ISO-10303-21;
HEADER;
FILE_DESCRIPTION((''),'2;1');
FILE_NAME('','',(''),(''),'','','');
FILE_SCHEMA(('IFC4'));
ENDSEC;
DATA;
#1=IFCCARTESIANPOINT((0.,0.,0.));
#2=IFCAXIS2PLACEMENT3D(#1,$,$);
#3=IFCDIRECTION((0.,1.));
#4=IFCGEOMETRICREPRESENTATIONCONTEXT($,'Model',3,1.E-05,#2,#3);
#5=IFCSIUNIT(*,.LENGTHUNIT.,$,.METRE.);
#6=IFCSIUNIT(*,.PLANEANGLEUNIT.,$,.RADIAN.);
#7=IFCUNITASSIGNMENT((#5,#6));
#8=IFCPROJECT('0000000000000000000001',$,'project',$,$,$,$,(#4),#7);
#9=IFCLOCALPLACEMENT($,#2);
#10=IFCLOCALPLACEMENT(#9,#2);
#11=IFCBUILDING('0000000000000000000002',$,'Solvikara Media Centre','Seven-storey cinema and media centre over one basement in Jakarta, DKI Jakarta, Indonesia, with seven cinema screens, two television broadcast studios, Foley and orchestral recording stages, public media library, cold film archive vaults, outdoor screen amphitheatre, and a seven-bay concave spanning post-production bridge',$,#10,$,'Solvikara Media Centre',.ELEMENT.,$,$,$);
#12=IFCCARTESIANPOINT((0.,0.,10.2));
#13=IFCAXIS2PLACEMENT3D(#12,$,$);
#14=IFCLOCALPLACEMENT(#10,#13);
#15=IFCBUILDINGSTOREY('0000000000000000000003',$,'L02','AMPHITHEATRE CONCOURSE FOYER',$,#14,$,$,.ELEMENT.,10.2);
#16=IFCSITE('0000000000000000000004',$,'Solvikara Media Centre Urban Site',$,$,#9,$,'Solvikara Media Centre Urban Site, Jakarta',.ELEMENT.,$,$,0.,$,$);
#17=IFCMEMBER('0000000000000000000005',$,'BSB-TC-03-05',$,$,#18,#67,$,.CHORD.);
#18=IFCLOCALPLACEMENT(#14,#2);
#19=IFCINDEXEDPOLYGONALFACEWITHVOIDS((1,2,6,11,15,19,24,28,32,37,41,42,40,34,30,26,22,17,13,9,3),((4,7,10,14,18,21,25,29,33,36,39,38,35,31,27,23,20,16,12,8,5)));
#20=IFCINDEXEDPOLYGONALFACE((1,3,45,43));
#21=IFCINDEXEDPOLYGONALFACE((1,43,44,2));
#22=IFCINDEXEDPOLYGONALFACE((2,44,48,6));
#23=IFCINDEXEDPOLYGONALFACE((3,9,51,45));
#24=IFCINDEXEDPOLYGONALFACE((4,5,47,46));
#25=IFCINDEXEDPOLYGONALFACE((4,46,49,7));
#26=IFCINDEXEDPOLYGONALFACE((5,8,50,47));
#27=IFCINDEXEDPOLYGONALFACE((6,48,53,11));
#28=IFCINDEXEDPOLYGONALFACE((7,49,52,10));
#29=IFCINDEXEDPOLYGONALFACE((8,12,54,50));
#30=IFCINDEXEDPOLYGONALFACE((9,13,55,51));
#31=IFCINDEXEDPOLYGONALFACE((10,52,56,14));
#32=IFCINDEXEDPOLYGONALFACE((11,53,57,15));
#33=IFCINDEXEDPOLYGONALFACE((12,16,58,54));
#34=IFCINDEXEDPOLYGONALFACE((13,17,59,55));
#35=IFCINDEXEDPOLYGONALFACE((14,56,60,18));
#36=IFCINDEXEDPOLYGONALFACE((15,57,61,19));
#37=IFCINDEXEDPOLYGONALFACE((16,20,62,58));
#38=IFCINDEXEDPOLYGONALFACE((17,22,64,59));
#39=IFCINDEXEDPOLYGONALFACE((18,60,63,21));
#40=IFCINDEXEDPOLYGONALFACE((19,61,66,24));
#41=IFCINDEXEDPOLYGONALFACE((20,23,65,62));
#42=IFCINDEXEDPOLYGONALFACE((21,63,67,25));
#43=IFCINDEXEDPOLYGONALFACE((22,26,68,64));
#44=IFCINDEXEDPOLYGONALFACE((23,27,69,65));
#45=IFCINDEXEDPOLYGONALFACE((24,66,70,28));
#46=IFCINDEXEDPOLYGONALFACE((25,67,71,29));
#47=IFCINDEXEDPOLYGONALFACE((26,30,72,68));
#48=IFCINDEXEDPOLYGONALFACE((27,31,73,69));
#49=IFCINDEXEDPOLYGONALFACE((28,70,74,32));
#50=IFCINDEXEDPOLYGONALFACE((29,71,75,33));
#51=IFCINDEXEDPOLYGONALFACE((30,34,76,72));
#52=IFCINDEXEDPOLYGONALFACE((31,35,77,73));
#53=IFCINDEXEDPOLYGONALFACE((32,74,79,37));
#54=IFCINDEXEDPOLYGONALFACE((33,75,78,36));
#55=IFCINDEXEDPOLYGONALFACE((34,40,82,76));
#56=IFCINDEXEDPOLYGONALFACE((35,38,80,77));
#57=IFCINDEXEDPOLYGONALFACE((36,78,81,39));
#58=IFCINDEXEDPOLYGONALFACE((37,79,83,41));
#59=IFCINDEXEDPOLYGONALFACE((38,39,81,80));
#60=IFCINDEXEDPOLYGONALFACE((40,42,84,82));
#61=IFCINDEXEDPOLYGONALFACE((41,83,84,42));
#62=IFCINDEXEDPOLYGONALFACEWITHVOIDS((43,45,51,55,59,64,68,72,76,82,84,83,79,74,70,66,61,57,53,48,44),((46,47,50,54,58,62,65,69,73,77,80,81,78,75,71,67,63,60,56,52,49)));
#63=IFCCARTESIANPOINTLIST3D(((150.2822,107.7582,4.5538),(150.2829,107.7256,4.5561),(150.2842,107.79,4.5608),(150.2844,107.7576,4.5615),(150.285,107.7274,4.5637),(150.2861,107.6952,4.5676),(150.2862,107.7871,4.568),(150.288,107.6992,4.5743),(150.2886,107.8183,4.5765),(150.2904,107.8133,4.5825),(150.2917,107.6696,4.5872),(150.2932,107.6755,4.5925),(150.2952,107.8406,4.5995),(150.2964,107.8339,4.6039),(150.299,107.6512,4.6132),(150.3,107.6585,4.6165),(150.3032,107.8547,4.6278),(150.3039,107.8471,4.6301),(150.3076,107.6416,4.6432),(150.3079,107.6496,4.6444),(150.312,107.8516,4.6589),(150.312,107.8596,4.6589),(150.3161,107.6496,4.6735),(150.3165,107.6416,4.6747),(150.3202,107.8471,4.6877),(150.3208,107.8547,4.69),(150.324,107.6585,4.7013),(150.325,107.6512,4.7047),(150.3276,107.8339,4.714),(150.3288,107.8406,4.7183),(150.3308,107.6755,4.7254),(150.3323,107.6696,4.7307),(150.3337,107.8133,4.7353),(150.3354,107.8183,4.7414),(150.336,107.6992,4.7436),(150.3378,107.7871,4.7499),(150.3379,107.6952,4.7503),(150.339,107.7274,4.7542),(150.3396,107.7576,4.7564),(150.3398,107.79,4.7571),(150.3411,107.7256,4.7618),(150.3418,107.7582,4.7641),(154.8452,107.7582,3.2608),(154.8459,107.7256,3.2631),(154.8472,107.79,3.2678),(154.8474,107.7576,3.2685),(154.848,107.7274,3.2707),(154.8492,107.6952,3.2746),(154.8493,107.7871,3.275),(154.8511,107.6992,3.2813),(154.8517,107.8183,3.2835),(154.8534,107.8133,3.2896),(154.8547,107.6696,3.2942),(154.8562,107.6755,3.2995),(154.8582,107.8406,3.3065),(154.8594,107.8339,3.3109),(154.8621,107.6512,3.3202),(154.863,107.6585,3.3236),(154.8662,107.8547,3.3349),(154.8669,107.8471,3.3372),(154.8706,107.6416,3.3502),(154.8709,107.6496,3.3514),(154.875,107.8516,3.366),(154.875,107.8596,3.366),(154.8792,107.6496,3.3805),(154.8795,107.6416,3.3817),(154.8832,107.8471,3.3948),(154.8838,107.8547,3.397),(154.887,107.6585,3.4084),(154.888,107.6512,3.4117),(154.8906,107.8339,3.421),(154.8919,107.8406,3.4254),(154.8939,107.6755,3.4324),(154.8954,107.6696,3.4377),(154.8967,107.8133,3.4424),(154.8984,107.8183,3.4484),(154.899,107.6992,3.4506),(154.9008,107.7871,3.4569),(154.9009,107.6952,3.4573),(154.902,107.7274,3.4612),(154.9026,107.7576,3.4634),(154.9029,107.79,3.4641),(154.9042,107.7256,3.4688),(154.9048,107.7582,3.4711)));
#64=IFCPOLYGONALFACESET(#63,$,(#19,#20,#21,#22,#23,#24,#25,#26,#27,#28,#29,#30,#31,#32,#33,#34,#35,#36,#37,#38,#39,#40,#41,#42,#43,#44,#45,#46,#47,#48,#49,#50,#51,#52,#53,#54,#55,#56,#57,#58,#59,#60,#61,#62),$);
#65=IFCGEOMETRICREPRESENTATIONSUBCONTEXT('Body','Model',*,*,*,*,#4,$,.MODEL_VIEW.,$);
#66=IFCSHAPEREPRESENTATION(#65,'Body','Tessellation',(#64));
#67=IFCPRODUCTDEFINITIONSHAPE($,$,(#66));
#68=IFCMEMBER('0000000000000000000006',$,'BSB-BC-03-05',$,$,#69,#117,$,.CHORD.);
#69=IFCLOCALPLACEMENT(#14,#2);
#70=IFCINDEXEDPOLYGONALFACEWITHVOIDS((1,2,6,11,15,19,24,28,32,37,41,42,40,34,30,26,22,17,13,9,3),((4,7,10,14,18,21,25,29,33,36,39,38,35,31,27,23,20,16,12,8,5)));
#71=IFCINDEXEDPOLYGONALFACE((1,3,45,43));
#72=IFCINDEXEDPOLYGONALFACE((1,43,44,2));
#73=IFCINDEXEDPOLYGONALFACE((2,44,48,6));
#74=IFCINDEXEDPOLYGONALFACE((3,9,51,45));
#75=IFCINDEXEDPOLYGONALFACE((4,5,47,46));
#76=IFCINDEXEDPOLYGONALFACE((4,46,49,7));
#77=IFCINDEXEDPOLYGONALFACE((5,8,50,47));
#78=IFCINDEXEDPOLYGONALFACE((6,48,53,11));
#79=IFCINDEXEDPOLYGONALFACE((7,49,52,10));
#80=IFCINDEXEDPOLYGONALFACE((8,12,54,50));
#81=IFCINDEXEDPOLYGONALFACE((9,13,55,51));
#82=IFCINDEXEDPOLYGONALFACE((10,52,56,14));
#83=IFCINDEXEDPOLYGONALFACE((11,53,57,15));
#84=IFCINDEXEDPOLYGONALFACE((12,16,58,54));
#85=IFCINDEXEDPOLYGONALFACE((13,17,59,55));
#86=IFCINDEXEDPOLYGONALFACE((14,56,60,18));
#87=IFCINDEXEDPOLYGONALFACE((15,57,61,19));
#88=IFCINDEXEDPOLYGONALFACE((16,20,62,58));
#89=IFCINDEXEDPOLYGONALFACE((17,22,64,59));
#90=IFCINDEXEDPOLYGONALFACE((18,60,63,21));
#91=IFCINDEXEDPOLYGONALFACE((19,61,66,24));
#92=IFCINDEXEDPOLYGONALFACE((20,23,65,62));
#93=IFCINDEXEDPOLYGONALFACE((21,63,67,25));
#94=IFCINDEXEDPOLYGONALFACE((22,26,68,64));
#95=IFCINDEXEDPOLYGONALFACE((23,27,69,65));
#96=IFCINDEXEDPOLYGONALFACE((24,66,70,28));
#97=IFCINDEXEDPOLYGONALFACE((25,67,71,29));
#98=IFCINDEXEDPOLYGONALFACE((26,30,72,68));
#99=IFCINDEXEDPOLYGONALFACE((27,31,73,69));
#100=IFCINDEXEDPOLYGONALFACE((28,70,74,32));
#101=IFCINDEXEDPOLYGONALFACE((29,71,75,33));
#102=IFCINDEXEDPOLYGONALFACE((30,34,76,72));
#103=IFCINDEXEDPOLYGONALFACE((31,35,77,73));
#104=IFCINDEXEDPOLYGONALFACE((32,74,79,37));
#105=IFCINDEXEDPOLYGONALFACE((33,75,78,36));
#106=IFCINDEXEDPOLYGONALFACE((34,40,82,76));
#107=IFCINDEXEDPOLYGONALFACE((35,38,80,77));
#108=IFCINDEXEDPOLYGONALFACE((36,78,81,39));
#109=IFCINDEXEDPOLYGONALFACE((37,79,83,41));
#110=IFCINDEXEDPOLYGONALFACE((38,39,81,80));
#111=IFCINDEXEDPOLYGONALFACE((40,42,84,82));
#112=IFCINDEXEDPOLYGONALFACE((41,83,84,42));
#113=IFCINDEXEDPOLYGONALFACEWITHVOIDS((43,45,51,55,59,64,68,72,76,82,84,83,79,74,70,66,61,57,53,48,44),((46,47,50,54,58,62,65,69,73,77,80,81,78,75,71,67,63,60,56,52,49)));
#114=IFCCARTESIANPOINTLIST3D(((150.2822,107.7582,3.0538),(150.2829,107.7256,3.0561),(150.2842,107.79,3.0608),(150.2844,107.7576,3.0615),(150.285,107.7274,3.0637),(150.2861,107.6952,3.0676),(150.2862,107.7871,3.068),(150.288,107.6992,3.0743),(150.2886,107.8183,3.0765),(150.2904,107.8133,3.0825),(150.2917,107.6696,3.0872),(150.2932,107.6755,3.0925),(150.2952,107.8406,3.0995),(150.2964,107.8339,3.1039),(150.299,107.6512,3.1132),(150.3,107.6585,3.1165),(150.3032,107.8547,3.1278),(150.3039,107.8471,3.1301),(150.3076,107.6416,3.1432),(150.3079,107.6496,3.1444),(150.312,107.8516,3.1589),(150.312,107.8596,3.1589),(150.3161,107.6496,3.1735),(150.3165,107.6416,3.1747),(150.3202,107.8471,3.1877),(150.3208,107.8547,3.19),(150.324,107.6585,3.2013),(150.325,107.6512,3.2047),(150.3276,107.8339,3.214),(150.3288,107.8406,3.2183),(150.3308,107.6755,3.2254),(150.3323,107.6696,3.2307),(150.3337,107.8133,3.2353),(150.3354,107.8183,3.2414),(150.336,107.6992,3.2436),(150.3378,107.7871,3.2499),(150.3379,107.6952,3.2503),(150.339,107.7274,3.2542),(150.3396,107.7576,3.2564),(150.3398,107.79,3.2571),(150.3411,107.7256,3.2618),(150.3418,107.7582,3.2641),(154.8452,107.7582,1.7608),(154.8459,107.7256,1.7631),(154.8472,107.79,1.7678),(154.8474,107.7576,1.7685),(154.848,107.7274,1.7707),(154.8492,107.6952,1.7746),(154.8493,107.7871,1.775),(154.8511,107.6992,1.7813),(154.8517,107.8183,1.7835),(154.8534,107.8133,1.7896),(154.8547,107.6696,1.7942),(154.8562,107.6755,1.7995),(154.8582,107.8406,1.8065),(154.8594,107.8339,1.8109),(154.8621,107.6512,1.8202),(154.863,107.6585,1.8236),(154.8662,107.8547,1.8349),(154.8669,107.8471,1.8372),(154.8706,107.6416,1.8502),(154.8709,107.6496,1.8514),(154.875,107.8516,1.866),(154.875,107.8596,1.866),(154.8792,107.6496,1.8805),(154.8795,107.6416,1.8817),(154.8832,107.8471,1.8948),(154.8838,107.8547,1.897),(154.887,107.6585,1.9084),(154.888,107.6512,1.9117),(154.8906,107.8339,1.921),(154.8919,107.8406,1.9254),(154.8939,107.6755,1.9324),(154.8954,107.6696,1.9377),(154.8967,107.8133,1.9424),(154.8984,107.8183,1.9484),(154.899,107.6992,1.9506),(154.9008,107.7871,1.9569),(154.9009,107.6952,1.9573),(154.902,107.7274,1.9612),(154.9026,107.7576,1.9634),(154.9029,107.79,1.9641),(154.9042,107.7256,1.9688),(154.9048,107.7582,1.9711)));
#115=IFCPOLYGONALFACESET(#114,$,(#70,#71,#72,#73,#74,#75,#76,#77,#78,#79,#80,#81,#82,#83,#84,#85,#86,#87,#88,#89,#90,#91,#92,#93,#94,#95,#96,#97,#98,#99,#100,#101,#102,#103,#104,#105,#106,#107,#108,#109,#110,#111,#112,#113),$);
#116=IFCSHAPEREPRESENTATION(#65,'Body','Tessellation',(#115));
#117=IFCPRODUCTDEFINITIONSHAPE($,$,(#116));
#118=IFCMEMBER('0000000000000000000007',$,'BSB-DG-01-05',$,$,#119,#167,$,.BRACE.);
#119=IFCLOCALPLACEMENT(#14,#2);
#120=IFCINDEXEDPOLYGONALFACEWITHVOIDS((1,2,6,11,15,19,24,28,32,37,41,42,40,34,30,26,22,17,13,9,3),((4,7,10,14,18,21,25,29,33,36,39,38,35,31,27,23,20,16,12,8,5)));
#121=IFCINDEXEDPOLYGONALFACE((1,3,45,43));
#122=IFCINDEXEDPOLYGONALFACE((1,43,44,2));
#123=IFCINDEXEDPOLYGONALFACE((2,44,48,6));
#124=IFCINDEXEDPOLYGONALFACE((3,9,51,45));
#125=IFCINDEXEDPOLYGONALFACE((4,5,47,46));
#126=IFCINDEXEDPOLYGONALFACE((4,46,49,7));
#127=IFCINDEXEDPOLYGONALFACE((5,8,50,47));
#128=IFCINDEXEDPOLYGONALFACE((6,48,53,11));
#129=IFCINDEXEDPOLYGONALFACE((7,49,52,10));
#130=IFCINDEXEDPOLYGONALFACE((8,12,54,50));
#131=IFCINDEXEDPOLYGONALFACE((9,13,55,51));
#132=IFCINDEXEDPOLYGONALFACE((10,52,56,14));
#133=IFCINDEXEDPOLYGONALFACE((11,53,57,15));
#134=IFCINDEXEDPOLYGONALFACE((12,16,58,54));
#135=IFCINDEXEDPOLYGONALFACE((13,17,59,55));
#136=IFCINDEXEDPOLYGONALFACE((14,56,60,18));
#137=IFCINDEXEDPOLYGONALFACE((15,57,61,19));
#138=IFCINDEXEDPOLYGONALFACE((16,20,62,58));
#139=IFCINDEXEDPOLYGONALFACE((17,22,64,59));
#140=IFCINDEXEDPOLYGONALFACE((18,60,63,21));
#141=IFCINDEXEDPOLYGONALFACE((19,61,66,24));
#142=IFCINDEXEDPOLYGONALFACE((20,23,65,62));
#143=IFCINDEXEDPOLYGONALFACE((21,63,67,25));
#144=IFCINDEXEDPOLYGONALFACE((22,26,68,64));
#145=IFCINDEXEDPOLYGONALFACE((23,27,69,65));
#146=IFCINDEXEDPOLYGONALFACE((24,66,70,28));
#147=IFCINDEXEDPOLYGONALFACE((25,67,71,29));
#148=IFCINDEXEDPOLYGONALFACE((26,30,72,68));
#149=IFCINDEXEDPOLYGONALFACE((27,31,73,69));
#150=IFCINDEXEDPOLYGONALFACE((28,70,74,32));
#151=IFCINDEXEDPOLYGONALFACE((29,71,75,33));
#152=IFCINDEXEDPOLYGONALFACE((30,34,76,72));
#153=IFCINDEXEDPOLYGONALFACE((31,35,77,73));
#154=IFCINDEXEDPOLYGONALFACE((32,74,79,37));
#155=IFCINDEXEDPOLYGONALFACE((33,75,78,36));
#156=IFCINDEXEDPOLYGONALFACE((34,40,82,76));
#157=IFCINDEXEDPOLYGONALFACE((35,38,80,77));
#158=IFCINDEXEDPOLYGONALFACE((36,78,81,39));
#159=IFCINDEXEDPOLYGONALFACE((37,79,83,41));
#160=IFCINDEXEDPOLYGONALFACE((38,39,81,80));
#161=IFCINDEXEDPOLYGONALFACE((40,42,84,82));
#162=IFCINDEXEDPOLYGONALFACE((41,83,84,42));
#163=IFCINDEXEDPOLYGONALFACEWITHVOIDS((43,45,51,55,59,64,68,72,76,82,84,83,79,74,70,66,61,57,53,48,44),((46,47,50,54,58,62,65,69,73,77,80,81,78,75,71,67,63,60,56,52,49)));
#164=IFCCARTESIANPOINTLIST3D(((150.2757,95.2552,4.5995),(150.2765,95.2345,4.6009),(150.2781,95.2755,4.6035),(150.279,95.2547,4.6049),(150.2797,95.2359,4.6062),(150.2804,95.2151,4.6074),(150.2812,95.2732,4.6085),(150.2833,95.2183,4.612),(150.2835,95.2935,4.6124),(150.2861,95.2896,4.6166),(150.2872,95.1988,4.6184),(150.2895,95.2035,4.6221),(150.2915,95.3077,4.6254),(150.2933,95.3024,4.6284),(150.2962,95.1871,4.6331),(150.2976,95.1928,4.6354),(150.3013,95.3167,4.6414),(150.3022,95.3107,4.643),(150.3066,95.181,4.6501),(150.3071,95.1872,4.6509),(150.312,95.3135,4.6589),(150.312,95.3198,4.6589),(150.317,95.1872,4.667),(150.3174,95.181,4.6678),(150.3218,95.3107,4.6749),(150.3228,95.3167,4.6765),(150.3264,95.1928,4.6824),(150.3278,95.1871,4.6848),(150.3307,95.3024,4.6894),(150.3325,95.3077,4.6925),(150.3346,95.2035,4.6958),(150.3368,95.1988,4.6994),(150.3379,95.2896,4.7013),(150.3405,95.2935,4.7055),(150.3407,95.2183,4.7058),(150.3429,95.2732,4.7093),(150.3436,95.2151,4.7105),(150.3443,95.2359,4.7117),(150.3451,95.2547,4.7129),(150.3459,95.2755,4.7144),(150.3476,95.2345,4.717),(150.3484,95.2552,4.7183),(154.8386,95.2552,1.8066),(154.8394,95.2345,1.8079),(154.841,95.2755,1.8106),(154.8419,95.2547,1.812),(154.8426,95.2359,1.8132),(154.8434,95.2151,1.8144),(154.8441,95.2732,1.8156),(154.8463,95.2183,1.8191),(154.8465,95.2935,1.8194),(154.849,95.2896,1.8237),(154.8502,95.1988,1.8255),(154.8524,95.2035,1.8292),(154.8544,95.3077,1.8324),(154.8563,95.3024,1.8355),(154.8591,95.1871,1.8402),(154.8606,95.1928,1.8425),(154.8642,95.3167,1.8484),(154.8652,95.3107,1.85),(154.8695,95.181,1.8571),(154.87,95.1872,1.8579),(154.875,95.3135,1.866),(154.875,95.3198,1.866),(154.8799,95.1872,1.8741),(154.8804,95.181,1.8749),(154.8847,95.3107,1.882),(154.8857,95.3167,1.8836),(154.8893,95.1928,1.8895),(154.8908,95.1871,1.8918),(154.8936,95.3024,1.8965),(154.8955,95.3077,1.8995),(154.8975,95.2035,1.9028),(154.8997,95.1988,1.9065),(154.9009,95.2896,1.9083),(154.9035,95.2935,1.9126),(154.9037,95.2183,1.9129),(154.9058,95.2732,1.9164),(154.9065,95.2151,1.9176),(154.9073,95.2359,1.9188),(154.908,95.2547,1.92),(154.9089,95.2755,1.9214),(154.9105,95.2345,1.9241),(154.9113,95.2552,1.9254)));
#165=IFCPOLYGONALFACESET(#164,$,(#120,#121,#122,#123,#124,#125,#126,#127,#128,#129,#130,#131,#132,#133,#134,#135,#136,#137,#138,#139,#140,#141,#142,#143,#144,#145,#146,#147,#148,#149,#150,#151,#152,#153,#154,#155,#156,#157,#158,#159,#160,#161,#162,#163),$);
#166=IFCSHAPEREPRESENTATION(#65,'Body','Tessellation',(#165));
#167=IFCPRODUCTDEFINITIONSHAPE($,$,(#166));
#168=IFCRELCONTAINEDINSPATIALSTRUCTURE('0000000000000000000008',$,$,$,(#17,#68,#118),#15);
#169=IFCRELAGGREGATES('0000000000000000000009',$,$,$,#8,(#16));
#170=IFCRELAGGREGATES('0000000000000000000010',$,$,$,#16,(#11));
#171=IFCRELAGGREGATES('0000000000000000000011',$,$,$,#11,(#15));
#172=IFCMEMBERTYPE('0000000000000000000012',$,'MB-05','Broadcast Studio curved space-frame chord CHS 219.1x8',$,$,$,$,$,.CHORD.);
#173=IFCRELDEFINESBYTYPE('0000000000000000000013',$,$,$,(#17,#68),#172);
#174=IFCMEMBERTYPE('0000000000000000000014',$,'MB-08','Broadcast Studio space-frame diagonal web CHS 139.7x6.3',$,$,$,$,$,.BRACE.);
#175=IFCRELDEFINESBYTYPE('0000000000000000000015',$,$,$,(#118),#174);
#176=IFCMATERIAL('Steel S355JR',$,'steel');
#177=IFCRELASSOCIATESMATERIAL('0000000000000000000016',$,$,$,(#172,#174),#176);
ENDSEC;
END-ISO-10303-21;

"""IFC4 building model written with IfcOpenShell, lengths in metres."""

from ifc_helpers import new_model, si_unit, direction, frame, origin, origin_2d, place, context, subcontext, project, spatial, hollow_circle, extrude, material, material_profile, profile_set, type_object, element, save


model = new_model("IFC4")

# Units and contexts
model_context = context("Model", 3, precision=1e-05, world=origin(), true_north=direction((0.0, 1.0)))
body_context = subcontext(model_context, "Body", "Model", "MODEL_VIEW")
ifc_project = project(units=[si_unit("LENGTHUNIT", "METRE"), si_unit("PLANEANGLEUNIT", "RADIAN")], contexts=[model_context])

# Site, building, storey
site_placement = place(None, origin())
site = spatial("IfcSite", under=ifc_project, at=site_placement, Name="Solvikara Media Centre Urban Site", LongName="Solvikara Media Centre Urban Site, Jakarta", CompositionType="ELEMENT", RefElevation=0.0)
building_placement = place(site_placement, origin())
building = spatial("IfcBuilding", under=site, at=building_placement, Name="Solvikara Media Centre", Description="Seven-storey cinema and media centre over one basement in Jakarta, DKI Jakarta, Indonesia, with seven cinema screens, two television broadcast studios, Foley and orchestral recording stages, public media library, cold film archive vaults, outdoor screen amphitheatre, and a seven-bay concave spanning post-production bridge", LongName="Solvikara Media Centre", CompositionType="ELEMENT")
storey_placement = place(building_placement, frame((0.0, 0.0, 10.2)))
storey = spatial("IfcBuildingStorey", under=building, at=storey_placement, Name="L02", Description="AMPHITHEATRE CONCOURSE FOYER", CompositionType="ELEMENT", Elevation=10.2)

# Members
ifc_material_1 = material(Name="Steel S355JR", Category="steel")
ifc_material_profile_1 = material_profile(ifc_material_1, hollow_circle(Radius=0.1096, WallThickness=0.0081, at=origin_2d()), Name="CHS 219.1x8")
ifc_profile_set_1 = profile_set([ifc_material_profile_1], Name="Steel S355JR")
member_type_1 = type_object("IfcMemberType", Name="MB-05", Description="Broadcast Studio curved space-frame chord CHS 219.1x8", PredefinedType="CHORD", material=ifc_profile_set_1)
for number, where, z_axis, x_axis, name in (
    (1, (150.312, 107.75, 4.6589), (0.96212, 0.0, -0.272626), (0.0, 1.0, 0.0), "BSB-TC-03-05"),
    (2, (150.312, 107.75, 3.1589), (0.96212, 0.0, -0.272626), (0.0, 1.0, 0.0), "BSB-BC-03-05"),
):
    element("IfcMember", number, at=place(storey_placement, frame(where, z_axis=z_axis, x_axis=x_axis)), inside=storey, type_object=member_type_1, Name=name, PredefinedType="CHORD", context=body_context, shape_type="SweptSolid", body=[
        extrude(hollow_circle(Radius=0.1096, WallThickness=0.0081, at=origin_2d()), origin(), (0.0, 0.0, 1.0), 4.7427),
    ])
ifc_material_profile_2 = material_profile(ifc_material_1, hollow_circle(Radius=0.0698, WallThickness=0.0063, at=origin_2d()), Name="CHS 139.7x6.3")
ifc_profile_set_2 = profile_set([ifc_material_profile_2], Name="Steel S355JR")
member_type_2 = type_object("IfcMemberType", Name="MB-08", Description="Broadcast Studio space-frame diagonal web CHS 139.7x6.3", PredefinedType="BRACE", material=ifc_profile_set_2)
member_1_placement = place(storey_placement, frame((150.312, 95.25, 4.6589), z_axis=(0.852909, 0.0, -0.522059), x_axis=(0.0, 1.0, 0.0)))
element("IfcMember", 3, at=member_1_placement, inside=storey, type_object=member_type_2, Name="BSB-DG-01-05", PredefinedType="BRACE", context=body_context, shape_type="SweptSolid", body=[
    extrude(hollow_circle(Radius=0.0698, WallThickness=0.0063, at=origin_2d()), origin(), (0.0, 0.0, 1.0), 5.3499),
])

save(model, "model.ifc")
